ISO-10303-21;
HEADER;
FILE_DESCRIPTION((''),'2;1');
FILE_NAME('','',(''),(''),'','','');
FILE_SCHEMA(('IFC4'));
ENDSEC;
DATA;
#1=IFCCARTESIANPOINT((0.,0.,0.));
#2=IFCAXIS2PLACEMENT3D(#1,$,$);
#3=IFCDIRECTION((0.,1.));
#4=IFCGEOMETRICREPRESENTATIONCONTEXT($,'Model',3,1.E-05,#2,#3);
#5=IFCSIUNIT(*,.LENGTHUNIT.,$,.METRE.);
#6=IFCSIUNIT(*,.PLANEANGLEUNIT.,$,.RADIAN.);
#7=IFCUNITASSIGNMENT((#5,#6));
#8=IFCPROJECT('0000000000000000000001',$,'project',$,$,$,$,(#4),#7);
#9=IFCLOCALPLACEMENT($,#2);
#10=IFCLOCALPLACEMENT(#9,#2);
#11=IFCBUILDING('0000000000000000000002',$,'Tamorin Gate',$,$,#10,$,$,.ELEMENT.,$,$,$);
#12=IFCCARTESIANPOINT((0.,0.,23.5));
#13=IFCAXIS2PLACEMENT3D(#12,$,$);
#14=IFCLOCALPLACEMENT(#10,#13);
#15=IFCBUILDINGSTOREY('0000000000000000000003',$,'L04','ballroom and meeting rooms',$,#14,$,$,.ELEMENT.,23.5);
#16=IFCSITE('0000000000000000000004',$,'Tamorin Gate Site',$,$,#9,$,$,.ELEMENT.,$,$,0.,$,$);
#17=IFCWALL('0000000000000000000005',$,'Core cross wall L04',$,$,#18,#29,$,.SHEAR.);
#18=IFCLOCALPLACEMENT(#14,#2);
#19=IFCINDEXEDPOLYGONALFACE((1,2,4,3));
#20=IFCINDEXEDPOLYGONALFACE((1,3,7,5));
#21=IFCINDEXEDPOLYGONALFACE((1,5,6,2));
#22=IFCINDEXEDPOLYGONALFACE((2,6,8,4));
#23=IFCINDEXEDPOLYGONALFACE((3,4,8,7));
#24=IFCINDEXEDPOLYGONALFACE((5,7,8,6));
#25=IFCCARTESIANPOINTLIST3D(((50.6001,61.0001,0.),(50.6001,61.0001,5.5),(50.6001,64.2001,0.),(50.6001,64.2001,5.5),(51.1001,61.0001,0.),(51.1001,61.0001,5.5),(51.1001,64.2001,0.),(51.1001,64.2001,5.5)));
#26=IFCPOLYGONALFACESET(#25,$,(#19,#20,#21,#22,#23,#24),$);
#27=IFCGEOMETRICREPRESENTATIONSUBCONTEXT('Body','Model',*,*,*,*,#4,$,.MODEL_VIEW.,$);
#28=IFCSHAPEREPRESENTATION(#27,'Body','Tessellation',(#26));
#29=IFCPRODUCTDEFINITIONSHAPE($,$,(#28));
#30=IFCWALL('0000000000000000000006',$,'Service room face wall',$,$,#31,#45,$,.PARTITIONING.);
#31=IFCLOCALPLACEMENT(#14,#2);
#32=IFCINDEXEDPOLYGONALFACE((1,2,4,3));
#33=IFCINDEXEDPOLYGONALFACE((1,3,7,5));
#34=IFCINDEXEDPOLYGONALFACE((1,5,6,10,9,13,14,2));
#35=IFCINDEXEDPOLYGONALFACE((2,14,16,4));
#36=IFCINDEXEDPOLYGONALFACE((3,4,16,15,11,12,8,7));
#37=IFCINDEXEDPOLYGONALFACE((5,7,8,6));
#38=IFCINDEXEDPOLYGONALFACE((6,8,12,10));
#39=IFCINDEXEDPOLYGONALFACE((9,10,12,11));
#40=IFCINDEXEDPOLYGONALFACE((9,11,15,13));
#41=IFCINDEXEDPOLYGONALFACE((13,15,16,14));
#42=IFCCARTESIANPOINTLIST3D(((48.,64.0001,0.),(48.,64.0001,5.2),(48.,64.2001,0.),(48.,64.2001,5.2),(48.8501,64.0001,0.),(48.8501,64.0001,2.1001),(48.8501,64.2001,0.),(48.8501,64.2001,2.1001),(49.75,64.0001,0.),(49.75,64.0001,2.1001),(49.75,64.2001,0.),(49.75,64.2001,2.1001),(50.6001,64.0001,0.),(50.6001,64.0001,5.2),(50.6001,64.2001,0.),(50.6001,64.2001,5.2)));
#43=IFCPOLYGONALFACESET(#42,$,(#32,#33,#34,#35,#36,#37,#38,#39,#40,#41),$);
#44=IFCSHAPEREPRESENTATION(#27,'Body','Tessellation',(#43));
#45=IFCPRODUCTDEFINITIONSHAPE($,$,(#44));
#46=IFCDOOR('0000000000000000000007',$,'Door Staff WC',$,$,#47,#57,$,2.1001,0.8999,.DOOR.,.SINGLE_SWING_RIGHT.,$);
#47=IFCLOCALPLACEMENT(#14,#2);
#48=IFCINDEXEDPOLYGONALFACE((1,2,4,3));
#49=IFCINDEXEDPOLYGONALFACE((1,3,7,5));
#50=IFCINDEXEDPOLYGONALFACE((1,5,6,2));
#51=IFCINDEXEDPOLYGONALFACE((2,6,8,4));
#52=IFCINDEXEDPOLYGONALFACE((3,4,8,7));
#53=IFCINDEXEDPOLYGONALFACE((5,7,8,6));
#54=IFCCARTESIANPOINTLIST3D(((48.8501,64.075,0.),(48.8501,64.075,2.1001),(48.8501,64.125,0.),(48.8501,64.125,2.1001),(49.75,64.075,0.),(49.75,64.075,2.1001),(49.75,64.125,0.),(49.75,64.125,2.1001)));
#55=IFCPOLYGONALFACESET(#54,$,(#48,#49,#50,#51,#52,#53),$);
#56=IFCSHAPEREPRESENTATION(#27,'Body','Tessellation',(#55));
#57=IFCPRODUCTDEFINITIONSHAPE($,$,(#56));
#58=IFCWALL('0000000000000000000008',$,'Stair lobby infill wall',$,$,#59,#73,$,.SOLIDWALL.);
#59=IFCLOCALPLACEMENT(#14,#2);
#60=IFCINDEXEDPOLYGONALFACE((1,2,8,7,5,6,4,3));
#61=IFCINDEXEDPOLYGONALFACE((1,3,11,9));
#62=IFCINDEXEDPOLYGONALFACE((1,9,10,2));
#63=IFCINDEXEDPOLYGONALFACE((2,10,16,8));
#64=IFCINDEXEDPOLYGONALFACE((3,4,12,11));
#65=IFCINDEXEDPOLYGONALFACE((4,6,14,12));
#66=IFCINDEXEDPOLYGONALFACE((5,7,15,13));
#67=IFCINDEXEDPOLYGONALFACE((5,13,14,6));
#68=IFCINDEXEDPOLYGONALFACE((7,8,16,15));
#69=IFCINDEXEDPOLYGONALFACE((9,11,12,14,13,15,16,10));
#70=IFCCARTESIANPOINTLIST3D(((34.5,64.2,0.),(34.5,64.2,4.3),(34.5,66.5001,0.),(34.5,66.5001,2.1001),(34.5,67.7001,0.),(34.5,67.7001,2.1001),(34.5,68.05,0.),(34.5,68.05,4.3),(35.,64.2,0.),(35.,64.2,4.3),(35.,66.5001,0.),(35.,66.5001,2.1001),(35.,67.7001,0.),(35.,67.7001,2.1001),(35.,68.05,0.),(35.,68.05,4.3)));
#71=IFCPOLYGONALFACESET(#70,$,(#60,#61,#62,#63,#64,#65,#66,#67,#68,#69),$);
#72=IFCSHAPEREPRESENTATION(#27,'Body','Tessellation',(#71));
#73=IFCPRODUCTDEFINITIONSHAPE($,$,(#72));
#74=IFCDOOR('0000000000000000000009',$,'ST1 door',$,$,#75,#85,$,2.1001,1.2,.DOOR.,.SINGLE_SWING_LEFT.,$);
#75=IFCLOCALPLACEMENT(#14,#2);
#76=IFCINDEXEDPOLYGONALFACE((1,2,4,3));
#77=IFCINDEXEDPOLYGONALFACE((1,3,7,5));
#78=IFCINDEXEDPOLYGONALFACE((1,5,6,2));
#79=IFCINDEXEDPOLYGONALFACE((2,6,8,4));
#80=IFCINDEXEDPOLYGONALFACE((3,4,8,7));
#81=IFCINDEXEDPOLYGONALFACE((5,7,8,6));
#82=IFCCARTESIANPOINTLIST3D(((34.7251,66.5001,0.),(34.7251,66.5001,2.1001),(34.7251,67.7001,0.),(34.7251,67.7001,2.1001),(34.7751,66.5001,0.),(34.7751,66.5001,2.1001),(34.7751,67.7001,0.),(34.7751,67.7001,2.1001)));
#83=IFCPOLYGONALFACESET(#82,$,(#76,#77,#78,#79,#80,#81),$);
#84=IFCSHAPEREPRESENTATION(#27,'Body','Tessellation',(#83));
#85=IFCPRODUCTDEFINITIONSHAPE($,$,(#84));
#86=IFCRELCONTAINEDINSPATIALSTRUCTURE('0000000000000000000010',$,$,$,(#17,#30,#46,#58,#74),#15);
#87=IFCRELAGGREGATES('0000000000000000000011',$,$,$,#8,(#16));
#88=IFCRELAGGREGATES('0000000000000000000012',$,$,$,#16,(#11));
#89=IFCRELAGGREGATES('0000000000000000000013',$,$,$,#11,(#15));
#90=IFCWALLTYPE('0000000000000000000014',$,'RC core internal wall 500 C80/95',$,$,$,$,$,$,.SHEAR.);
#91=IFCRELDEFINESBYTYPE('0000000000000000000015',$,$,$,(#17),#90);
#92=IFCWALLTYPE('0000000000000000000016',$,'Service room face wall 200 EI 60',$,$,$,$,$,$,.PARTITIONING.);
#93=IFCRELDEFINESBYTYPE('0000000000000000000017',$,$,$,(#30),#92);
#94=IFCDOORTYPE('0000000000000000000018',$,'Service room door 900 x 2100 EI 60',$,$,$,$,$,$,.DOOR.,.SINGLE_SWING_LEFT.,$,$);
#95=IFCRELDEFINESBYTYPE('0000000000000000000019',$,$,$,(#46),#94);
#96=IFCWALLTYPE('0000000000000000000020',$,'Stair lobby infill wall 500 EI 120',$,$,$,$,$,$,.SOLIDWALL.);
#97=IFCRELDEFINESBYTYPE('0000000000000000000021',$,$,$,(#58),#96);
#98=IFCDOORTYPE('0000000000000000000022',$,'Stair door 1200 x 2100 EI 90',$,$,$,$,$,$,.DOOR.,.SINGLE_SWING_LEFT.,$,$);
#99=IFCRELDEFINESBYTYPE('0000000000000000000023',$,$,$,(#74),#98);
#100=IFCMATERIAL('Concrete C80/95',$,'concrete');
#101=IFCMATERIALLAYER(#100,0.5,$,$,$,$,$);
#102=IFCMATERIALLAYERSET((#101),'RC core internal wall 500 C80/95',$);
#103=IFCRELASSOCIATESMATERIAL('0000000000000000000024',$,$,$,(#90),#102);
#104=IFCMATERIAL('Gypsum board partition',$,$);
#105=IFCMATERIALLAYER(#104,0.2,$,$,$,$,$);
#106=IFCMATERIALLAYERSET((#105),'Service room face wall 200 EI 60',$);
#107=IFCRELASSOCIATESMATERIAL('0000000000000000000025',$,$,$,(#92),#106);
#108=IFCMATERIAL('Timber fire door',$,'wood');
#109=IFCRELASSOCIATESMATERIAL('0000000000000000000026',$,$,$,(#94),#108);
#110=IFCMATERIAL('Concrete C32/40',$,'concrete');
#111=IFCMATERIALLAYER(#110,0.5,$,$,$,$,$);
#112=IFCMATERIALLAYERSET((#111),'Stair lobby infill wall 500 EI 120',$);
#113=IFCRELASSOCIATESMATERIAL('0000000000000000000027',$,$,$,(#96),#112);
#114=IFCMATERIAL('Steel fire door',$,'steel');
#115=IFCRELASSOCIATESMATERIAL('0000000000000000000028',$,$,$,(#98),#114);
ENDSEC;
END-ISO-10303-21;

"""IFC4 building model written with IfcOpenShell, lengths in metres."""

from ifc_helpers import new_model, si_unit, direction, frame, frame_2d, origin, place, context, subcontext, project, spatial, rectangle, extrude, material, layer, layer_set, type_object, element, fill, save


model = new_model("IFC4")

# Units and contexts
model_context = context("Model", 3, precision=1e-05, world=origin(), true_north=direction((0.0, 1.0)))
body_context = subcontext(model_context, "Body", "Model", "MODEL_VIEW")
ifc_project = project(units=[si_unit("LENGTHUNIT", "METRE"), si_unit("PLANEANGLEUNIT", "RADIAN")], contexts=[model_context])

# Site, building, storey
site_placement = place(None, origin())
site = spatial("IfcSite", under=ifc_project, at=site_placement, Name="Tamorin Gate Site", CompositionType="ELEMENT", RefElevation=0.0)
building_placement = place(site_placement, origin())
building = spatial("IfcBuilding", under=site, at=building_placement, Name="Tamorin Gate", CompositionType="ELEMENT")
storey_placement = place(building_placement, frame((0.0, 0.0, 23.5)))
storey = spatial("IfcBuildingStorey", under=building, at=storey_placement, Name="L04", Description="ballroom and meeting rooms", CompositionType="ELEMENT", Elevation=23.5)

# Shared definitions
ifc_material_1 = material(Name="Concrete C80/95", Category="concrete")

# Shared definitions
ifc_material_2 = material(Name="Concrete C32/40", Category="concrete")

# Wall
ifc_layer_1 = layer(ifc_material_1, 0.5)
ifc_layer_set_1 = layer_set([ifc_layer_1], Name="RC core internal wall 500 C80/95")
wall_type_1 = type_object("IfcWallType", Name="RC core internal wall 500 C80/95", PredefinedType="SHEAR", material=ifc_layer_set_1)
for number, where, z_axis, x_axis, name in (
    (1, (50.8501, 61.0, 0.0), (0.0, 0.0, 1.0), (0.0, 1.0, 0.0), "Core cross wall L04"),
):
    element("IfcWall", number, at=place(storey_placement, frame(where, z_axis=z_axis, x_axis=x_axis)), inside=storey, type_object=wall_type_1, Name=name, PredefinedType="SHEAR", context=body_context, shape_type="SweptSolid", body=[
        extrude(rectangle(XDim=3.2, YDim=0.5, at=frame_2d((1.6001, 0.0))), origin(), (0.0, 0.0, 1.0), 5.5),
    ])

# Walls, openings, doors
ifc_material_3 = material(Name="Gypsum board partition")
ifc_layer_2 = layer(ifc_material_3, 0.2)
ifc_layer_set_2 = layer_set([ifc_layer_2], Name="Service room face wall 200 EI 60")
wall_type_2 = type_object("IfcWallType", Name="Service room face wall 200 EI 60", PredefinedType="PARTITIONING", material=ifc_layer_set_2)
wall_1_placement = place(storey_placement, frame((48.0, 64.1001, 0.0), z_axis=(0.0, 0.0, 1.0), x_axis=(1.0, 0.0, 0.0)))
wall_1 = element("IfcWall", 2, at=wall_1_placement, inside=storey, type_object=wall_type_2, Name="Service room face wall", PredefinedType="PARTITIONING", context=body_context, shape_type="SweptSolid", body=[
    extrude(rectangle(XDim=2.6001, YDim=0.2, at=frame_2d((1.3, 0.0))), origin(), (0.0, 0.0, 1.0), 5.2),
])
opening_1_placement = place(wall_1_placement, frame((0.8501, 0.0, 0.0)))
opening_1 = element("IfcOpeningElement", 3, at=opening_1_placement, cuts=wall_1, PredefinedType="OPENING", context=body_context, shape_type="SweptSolid", body=[
    extrude(rectangle(XDim=0.8999, YDim=2.1001, at=frame_2d((0.45, 1.05))), frame((0.0, 0.1099, 0.0), z_axis=(0.0, -1.0, 0.0), x_axis=(1.0, 0.0, 0.0)), (0.0, 0.0, 1.0), 0.22),
])
ifc_material_4 = material(Name="Timber fire door", Category="wood")
door_type_1 = type_object("IfcDoorType", Name="Service room door 900 x 2100 EI 60", OperationType="SINGLE_SWING_LEFT", PredefinedType="DOOR", material=ifc_material_4)
door_1_placement = place(opening_1_placement, origin())
door_1 = element("IfcDoor", 4, at=door_1_placement, inside=storey, type_object=door_type_1, Name="Door Staff WC", OperationType="SINGLE_SWING_RIGHT", OverallHeight=2.1001, OverallWidth=0.8999, PredefinedType="DOOR", context=body_context, shape_type="SweptSolid", body=[
    extrude(rectangle(XDim=0.8999, YDim=2.1001, at=frame_2d((0.45, 1.05))), frame((0.0, 0.0249, 0.0), z_axis=(0.0, -1.0, 0.0), x_axis=(1.0, 0.0, 0.0)), (0.0, 0.0, 1.0), 0.05),
])
fill(opening_1, door_1)
ifc_layer_3 = layer(ifc_material_2, 0.5)
ifc_layer_set_3 = layer_set([ifc_layer_3], Name="Stair lobby infill wall 500 EI 120")
wall_type_3 = type_object("IfcWallType", Name="Stair lobby infill wall 500 EI 120", PredefinedType="SOLIDWALL", material=ifc_layer_set_3)
wall_2_placement = place(storey_placement, frame((34.75, 64.2, 0.0), z_axis=(0.0, 0.0, 1.0), x_axis=(0.0, 1.0, 0.0)))
wall_2 = element("IfcWall", 5, at=wall_2_placement, inside=storey, type_object=wall_type_3, Name="Stair lobby infill wall", PredefinedType="SOLIDWALL", context=body_context, shape_type="SweptSolid", body=[
    extrude(rectangle(XDim=3.8501, YDim=0.5, at=frame_2d((1.925, 0.0))), origin(), (0.0, 0.0, 1.0), 4.3),
])
opening_2_placement = place(wall_2_placement, frame((2.3, 0.0, 0.0)))
opening_2 = element("IfcOpeningElement", 6, at=opening_2_placement, cuts=wall_2, PredefinedType="OPENING", context=body_context, shape_type="SweptSolid", body=[
    extrude(rectangle(XDim=1.2, YDim=2.1001, at=frame_2d((0.6001, 1.05))), frame((0.0, 0.26, 0.0), z_axis=(0.0, -1.0, 0.0), x_axis=(1.0, 0.0, 0.0)), (0.0, 0.0, 1.0), 0.52),
])
ifc_material_5 = material(Name="Steel fire door", Category="steel")
door_type_2 = type_object("IfcDoorType", Name="Stair door 1200 x 2100 EI 90", OperationType="SINGLE_SWING_LEFT", PredefinedType="DOOR", material=ifc_material_5)
door_2_placement = place(opening_2_placement, origin())
door_2 = element("IfcDoor", 7, at=door_2_placement, inside=storey, type_object=door_type_2, Name="ST1 door", OperationType="SINGLE_SWING_LEFT", OverallHeight=2.1001, OverallWidth=1.2, PredefinedType="DOOR", context=body_context, shape_type="SweptSolid", body=[
    extrude(rectangle(XDim=1.2, YDim=2.1001, at=frame_2d((0.6001, 1.05))), frame((0.0, 0.0249, 0.0), z_axis=(0.0, -1.0, 0.0), x_axis=(1.0, 0.0, 0.0)), (0.0, 0.0, 1.0), 0.05),
])
fill(opening_2, door_2)

save(model, "model.ifc")
